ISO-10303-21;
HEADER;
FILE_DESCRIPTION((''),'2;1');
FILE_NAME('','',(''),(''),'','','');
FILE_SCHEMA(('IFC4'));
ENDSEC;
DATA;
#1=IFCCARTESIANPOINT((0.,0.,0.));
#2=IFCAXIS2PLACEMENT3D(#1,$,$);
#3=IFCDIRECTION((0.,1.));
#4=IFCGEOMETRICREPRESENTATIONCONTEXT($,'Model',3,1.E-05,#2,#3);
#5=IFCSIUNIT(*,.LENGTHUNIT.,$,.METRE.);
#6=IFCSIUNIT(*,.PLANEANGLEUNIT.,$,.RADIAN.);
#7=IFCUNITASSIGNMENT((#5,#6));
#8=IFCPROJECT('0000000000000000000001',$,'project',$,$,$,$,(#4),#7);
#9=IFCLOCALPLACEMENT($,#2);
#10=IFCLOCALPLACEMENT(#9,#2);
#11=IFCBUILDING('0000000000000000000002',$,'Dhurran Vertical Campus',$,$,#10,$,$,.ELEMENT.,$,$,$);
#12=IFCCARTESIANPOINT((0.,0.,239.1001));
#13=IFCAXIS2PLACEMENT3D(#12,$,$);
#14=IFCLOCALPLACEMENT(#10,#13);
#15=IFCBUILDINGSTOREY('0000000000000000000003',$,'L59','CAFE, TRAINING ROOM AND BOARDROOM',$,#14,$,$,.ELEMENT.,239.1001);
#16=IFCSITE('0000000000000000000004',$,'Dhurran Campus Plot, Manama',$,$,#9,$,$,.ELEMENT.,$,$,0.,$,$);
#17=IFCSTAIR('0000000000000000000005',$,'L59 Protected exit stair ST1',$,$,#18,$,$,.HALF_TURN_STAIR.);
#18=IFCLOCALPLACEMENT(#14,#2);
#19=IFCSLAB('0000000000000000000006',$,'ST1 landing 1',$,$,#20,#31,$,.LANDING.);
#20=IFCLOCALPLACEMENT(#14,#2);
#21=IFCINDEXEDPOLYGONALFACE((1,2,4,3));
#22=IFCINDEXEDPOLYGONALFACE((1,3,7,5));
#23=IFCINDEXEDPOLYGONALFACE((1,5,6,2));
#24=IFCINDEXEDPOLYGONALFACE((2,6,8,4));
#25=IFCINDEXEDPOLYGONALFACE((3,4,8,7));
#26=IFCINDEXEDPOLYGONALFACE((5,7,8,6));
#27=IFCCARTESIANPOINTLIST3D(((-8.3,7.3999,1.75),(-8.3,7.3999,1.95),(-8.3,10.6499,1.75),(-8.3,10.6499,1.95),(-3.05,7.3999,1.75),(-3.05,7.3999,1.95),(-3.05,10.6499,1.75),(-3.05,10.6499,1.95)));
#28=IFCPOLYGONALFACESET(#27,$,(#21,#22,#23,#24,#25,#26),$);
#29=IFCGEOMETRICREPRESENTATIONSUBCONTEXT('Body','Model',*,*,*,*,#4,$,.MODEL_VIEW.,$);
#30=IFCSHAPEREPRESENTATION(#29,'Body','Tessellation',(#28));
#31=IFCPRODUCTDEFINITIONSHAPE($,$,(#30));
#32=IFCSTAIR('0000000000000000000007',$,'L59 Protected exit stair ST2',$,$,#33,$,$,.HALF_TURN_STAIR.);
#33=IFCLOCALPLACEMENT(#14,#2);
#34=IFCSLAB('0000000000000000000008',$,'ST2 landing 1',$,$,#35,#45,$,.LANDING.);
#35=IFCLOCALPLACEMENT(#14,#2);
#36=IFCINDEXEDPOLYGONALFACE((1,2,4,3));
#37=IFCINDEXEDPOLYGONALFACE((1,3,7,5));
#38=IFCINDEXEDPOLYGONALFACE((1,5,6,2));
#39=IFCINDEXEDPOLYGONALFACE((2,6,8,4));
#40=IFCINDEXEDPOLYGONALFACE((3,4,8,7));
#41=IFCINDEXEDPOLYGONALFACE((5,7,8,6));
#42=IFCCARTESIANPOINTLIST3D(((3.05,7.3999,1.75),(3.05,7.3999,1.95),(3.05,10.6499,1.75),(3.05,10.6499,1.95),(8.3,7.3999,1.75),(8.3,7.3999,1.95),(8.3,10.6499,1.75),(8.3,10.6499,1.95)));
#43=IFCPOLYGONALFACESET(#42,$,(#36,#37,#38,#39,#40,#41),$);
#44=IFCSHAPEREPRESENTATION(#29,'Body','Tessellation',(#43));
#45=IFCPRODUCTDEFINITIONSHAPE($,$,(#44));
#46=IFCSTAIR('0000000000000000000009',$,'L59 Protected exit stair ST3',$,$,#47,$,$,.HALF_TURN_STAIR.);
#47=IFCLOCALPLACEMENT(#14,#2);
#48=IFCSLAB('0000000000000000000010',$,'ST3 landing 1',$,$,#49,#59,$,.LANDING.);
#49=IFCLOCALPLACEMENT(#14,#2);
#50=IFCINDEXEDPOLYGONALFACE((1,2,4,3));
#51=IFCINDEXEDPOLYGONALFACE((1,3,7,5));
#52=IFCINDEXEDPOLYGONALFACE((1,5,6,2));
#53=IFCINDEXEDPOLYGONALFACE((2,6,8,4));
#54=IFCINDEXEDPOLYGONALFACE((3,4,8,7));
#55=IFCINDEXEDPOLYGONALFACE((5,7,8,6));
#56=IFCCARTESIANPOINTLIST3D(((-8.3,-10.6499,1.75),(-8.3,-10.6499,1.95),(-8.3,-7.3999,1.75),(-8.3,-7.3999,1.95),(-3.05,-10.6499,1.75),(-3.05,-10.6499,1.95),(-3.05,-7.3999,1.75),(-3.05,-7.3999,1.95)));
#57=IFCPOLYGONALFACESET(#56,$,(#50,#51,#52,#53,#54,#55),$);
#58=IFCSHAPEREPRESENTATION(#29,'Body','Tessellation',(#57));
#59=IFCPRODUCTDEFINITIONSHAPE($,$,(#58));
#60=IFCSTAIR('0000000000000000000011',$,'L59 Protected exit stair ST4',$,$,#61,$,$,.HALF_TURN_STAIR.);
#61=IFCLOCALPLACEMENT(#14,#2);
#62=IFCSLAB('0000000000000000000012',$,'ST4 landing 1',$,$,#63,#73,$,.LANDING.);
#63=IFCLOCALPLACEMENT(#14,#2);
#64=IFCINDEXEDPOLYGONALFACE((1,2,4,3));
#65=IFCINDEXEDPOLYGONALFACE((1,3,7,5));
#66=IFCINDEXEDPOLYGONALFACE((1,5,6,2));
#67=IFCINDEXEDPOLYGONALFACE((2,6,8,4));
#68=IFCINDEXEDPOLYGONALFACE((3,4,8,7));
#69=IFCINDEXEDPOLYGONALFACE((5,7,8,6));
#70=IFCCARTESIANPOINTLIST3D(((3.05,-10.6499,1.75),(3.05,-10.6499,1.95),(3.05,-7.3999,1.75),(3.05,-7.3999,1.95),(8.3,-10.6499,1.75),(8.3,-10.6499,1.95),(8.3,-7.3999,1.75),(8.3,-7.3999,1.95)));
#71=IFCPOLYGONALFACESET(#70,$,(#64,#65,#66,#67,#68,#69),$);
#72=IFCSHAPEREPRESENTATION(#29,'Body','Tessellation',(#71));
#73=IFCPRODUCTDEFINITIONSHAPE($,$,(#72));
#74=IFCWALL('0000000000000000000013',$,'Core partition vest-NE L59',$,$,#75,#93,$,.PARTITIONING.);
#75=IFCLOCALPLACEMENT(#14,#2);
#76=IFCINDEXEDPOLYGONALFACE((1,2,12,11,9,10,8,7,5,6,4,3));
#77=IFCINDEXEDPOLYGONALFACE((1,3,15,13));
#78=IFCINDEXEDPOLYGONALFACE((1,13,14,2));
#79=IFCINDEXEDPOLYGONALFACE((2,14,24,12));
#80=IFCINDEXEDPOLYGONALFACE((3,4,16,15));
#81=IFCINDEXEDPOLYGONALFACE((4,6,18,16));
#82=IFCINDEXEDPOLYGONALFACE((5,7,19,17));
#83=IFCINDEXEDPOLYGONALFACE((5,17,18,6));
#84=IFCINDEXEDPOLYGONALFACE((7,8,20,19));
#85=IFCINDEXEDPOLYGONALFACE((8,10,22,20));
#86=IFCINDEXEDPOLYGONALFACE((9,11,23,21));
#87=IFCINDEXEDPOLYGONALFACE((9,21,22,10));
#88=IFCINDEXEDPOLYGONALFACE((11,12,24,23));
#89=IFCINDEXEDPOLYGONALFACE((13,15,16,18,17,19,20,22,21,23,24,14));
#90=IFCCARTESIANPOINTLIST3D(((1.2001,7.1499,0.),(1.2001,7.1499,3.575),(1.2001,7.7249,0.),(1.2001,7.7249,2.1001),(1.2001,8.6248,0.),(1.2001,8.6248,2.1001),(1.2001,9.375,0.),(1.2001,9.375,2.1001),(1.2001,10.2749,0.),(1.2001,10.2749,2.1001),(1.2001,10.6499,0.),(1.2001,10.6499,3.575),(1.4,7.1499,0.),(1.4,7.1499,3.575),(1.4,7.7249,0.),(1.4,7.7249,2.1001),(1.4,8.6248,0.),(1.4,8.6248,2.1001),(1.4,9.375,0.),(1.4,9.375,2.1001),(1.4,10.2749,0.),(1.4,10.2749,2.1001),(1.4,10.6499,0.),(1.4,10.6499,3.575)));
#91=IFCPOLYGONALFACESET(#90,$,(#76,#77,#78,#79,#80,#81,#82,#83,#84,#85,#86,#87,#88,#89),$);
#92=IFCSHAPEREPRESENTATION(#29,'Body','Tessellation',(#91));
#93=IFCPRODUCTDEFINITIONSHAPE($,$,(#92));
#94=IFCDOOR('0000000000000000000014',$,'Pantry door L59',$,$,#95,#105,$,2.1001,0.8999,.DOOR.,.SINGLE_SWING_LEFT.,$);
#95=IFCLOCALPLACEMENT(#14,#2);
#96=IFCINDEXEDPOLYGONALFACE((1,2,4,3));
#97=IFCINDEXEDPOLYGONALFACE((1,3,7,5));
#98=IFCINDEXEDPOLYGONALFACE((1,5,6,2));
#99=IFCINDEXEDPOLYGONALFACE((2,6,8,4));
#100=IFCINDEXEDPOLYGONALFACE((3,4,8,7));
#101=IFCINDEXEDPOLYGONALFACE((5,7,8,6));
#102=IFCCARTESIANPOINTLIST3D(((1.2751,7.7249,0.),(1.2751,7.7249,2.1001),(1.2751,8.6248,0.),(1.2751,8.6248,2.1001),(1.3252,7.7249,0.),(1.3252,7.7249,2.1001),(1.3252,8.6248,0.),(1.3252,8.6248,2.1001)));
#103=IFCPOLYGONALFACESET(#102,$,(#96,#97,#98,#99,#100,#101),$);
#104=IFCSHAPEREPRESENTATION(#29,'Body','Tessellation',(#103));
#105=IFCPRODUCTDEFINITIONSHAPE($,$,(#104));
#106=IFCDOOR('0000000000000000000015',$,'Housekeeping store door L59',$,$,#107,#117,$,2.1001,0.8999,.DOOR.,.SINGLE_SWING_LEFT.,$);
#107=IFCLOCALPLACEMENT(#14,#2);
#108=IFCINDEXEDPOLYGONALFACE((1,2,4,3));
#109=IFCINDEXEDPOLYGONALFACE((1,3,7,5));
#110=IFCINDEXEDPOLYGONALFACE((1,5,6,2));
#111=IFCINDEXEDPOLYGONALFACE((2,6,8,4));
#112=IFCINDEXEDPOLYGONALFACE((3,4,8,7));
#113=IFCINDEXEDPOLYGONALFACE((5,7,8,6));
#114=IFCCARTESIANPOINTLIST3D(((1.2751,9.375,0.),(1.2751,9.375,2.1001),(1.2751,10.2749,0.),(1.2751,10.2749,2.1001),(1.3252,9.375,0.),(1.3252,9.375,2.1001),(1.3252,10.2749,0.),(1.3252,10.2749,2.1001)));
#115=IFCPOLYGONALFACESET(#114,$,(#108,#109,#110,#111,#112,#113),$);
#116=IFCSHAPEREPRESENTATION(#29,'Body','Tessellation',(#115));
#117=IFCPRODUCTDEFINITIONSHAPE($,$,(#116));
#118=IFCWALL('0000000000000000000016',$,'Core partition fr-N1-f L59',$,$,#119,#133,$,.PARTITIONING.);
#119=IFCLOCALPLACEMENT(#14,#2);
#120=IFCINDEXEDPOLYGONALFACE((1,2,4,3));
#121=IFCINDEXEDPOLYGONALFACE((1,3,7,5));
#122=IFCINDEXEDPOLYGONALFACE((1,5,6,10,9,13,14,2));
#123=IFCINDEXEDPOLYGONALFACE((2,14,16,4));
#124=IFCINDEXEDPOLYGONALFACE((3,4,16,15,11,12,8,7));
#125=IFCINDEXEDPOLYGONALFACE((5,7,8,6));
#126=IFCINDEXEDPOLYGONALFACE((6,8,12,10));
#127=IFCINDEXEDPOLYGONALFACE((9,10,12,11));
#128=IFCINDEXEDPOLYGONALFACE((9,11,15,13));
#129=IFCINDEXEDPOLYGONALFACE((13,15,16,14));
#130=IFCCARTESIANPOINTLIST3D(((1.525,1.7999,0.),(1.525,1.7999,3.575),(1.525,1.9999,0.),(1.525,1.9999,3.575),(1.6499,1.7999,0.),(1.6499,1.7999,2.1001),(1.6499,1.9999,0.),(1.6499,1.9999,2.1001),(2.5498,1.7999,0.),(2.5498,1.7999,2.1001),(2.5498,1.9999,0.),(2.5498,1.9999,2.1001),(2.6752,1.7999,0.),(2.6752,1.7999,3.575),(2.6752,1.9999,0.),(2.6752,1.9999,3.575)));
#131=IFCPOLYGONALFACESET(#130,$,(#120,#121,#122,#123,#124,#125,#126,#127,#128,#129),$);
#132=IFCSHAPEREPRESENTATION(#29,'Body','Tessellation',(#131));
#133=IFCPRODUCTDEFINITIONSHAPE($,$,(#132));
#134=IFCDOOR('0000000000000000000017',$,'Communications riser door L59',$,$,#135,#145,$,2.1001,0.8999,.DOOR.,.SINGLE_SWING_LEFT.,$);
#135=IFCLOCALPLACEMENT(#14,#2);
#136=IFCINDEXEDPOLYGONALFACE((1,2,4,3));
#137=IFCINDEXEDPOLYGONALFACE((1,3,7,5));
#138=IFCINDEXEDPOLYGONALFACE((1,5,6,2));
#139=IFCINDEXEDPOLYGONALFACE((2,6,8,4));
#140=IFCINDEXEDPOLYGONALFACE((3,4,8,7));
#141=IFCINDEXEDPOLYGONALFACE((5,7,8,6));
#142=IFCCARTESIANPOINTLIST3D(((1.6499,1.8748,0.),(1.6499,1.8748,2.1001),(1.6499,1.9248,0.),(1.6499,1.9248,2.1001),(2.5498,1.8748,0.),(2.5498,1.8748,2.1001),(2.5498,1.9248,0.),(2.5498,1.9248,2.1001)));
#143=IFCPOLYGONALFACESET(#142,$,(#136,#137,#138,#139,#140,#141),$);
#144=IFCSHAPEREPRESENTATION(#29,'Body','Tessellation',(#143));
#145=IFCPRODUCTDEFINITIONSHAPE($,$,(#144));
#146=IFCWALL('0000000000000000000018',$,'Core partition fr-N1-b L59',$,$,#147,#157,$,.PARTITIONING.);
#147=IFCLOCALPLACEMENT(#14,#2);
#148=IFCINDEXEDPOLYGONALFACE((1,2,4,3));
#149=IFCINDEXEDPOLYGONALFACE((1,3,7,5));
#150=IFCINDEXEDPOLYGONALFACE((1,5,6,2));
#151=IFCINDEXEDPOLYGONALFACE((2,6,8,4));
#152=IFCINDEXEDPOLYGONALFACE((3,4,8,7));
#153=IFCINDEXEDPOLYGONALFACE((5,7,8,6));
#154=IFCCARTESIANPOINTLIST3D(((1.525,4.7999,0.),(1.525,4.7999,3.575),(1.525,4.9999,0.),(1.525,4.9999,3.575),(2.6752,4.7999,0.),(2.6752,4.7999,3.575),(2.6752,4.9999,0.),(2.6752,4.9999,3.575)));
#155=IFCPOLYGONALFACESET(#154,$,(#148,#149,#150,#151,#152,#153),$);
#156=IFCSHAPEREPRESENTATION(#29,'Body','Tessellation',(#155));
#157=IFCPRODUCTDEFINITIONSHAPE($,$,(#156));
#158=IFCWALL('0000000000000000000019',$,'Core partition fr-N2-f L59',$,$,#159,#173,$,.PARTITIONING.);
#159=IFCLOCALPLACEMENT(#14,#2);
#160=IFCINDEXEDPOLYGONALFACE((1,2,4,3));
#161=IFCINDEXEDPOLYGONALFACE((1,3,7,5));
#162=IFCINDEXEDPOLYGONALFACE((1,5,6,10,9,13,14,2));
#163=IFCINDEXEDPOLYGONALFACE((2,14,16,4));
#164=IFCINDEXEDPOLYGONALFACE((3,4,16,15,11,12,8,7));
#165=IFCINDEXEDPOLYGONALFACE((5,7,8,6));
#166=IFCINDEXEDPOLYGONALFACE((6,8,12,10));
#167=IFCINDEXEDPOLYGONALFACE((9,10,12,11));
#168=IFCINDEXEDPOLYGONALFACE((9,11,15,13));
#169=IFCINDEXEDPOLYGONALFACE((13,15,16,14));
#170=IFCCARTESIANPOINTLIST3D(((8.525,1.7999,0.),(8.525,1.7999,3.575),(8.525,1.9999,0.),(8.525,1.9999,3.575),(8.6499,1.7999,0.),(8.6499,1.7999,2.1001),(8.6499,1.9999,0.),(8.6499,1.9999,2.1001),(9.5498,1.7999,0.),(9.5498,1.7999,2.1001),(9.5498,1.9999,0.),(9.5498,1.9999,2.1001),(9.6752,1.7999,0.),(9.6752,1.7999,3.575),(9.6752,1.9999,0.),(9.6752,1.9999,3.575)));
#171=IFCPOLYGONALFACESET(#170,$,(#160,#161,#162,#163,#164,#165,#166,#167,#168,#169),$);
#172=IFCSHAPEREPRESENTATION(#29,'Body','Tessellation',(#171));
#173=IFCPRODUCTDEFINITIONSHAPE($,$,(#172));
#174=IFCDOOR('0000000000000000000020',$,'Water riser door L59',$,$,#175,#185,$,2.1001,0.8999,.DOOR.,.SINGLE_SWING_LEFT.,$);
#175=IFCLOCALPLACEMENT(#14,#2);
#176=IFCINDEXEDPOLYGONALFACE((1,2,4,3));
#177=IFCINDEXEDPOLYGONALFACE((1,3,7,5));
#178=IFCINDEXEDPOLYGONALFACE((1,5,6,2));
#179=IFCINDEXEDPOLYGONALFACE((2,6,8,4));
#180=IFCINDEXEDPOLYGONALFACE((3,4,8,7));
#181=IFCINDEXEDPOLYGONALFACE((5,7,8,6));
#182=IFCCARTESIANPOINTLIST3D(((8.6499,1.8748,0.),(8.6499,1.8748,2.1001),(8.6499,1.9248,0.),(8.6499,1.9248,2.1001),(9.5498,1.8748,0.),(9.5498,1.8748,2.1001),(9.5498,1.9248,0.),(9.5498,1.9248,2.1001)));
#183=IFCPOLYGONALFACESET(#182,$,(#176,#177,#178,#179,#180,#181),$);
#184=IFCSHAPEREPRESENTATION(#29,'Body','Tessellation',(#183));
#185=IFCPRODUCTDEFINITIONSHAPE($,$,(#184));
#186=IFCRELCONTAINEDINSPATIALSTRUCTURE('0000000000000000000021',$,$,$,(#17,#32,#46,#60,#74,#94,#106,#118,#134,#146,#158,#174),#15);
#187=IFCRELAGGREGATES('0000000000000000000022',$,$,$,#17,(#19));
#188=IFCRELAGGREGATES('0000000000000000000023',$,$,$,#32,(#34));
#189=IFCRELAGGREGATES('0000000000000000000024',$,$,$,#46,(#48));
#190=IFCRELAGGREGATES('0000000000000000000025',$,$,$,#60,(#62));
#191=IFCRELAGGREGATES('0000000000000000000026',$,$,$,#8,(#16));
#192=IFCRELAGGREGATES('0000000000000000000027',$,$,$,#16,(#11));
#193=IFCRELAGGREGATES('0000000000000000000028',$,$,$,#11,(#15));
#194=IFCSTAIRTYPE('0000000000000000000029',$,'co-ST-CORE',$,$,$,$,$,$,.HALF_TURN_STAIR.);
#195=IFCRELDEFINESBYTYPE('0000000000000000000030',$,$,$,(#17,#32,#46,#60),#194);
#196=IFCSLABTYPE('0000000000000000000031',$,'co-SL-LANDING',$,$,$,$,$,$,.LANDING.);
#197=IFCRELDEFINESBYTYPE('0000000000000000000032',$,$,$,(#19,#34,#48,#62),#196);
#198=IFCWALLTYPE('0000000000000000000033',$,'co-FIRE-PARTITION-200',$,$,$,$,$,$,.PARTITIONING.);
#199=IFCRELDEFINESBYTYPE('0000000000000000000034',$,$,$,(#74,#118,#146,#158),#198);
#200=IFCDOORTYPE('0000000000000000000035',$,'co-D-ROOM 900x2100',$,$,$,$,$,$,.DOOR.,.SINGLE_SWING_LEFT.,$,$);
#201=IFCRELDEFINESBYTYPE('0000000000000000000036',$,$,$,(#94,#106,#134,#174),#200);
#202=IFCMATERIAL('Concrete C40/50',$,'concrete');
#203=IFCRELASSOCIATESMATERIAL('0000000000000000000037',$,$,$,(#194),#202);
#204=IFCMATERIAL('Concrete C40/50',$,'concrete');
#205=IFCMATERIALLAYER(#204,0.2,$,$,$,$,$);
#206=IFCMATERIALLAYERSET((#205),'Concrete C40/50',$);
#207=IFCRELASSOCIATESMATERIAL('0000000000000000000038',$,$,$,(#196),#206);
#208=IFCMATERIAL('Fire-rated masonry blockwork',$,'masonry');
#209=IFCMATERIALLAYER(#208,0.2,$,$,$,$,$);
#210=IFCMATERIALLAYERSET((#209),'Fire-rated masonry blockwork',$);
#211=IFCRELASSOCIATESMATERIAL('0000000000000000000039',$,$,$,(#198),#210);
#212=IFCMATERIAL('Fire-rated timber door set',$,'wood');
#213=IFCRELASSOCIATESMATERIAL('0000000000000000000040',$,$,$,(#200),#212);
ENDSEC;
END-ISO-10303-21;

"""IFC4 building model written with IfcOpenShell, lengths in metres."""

from ifc_helpers import new_model, si_unit, direction, frame, frame_2d, origin, place, context, subcontext, project, spatial, polyline, rectangle, outline, extrude, material, layer, layer_set, type_object, element, fill, aggregate, save


model = new_model("IFC4")

# Units and contexts
model_context = context("Model", 3, precision=1e-05, world=origin(), true_north=direction((0.0, 1.0)))
body_context = subcontext(model_context, "Body", "Model", "MODEL_VIEW")
ifc_project = project(units=[si_unit("LENGTHUNIT", "METRE"), si_unit("PLANEANGLEUNIT", "RADIAN")], contexts=[model_context])

# Site, building, storey
site_placement = place(None, origin())
site = spatial("IfcSite", under=ifc_project, at=site_placement, Name="Dhurran Campus Plot, Manama", CompositionType="ELEMENT", RefElevation=0.0)
building_placement = place(site_placement, origin())
building = spatial("IfcBuilding", under=site, at=building_placement, Name="Dhurran Vertical Campus", CompositionType="ELEMENT")
storey_placement = place(building_placement, frame((0.0, 0.0, 239.1001)))
storey = spatial("IfcBuildingStorey", under=building, at=storey_placement, Name="L59", Description="CAFE, TRAINING ROOM AND BOARDROOM", CompositionType="ELEMENT", Elevation=239.1001)

# Stairs, slabs
ifc_material_1 = material(Name="Concrete C40/50", Category="concrete")
stair_type = type_object("IfcStairType", Name="co-ST-CORE", PredefinedType="HALF_TURN_STAIR", material=ifc_material_1)
stair_1_placement = place(storey_placement, origin())
stair_1 = element("IfcStair", 1, at=stair_1_placement, inside=storey, type_object=stair_type, Name="L59 Protected exit stair ST1", PredefinedType="HALF_TURN_STAIR")
ifc_material_2 = material(Name="Concrete C40/50", Category="concrete")
ifc_layer_1 = layer(ifc_material_2, 0.2)
ifc_layer_set_1 = layer_set([ifc_layer_1], Name="Concrete C40/50")
slab_type = type_object("IfcSlabType", Name="co-SL-LANDING", PredefinedType="LANDING", material=ifc_layer_set_1)
slab_1_placement = place(storey_placement, frame((0.0, 0.0, 1.75)))
slab_1 = element("IfcSlab", 2, at=slab_1_placement, type_object=slab_type, Name="ST1 landing 1", PredefinedType="LANDING", context=body_context, shape_type="SweptSolid", body=[
    extrude(outline(polyline([(-8.3, 7.3999), (-3.05, 7.3999), (-3.05, 10.6499), (-8.3, 10.6499), (-8.3, 7.3999)])), origin(), (0.0, 0.0, 1.0), 0.2),
])
aggregate(stair_1, [slab_1])
stair_2_placement = place(storey_placement, origin())
stair_2 = element("IfcStair", 3, at=stair_2_placement, inside=storey, type_object=stair_type, Name="L59 Protected exit stair ST2", PredefinedType="HALF_TURN_STAIR")
slab_2_placement = place(storey_placement, frame((0.0, 0.0, 1.75)))
slab_2 = element("IfcSlab", 4, at=slab_2_placement, type_object=slab_type, Name="ST2 landing 1", PredefinedType="LANDING", context=body_context, shape_type="SweptSolid", body=[
    extrude(outline(polyline([(8.3, 10.6499), (3.05, 10.6499), (3.05, 7.3999), (8.3, 7.3999), (8.3, 10.6499)])), origin(), (0.0, 0.0, 1.0), 0.2),
])
aggregate(stair_2, [slab_2])
stair_3_placement = place(storey_placement, origin())
stair_3 = element("IfcStair", 5, at=stair_3_placement, inside=storey, type_object=stair_type, Name="L59 Protected exit stair ST3", PredefinedType="HALF_TURN_STAIR")
slab_3_placement = place(storey_placement, frame((0.0, 0.0, 1.75)))
slab_3 = element("IfcSlab", 6, at=slab_3_placement, type_object=slab_type, Name="ST3 landing 1", PredefinedType="LANDING", context=body_context, shape_type="SweptSolid", body=[
    extrude(outline(polyline([(-8.3, -10.6499), (-3.05, -10.6499), (-3.05, -7.3999), (-8.3, -7.3999), (-8.3, -10.6499)])), origin(), (0.0, 0.0, 1.0), 0.2),
])
aggregate(stair_3, [slab_3])
stair_4_placement = place(storey_placement, origin())
stair_4 = element("IfcStair", 7, at=stair_4_placement, inside=storey, type_object=stair_type, Name="L59 Protected exit stair ST4", PredefinedType="HALF_TURN_STAIR")
slab_4_placement = place(storey_placement, frame((0.0, 0.0, 1.75)))
slab_4 = element("IfcSlab", 8, at=slab_4_placement, type_object=slab_type, Name="ST4 landing 1", PredefinedType="LANDING", context=body_context, shape_type="SweptSolid", body=[
    extrude(outline(polyline([(8.3, -7.3999), (3.05, -7.3999), (3.05, -10.6499), (8.3, -10.6499), (8.3, -7.3999)])), origin(), (0.0, 0.0, 1.0), 0.2),
])
aggregate(stair_4, [slab_4])

# Wall, openings, doors
ifc_material_3 = material(Name="Fire-rated masonry blockwork", Category="masonry")
ifc_layer_2 = layer(ifc_material_3, 0.2)
ifc_layer_set_2 = layer_set([ifc_layer_2], Name="Fire-rated masonry blockwork")
wall_type_1 = type_object("IfcWallType", Name="co-FIRE-PARTITION-200", PredefinedType="PARTITIONING", material=ifc_layer_set_2)
wall_1_placement = place(storey_placement, frame((1.3, 7.1499, 0.0), z_axis=(0.0, 0.0, 1.0), x_axis=(0.0, 1.0, 0.0)))
wall_1 = element("IfcWall", 9, at=wall_1_placement, inside=storey, type_object=wall_type_1, Name="Core partition vest-NE L59", PredefinedType="PARTITIONING", context=body_context, shape_type="SweptSolid", body=[
    extrude(rectangle(XDim=3.5, YDim=0.2, at=frame_2d((1.75, 0.0))), origin(), (0.0, 0.0, 1.0), 3.575),
])
opening_1_placement = place(wall_1_placement, frame((0.575, 0.0, 0.0)))
opening_1 = element("IfcOpeningElement", 10, at=opening_1_placement, cuts=wall_1, PredefinedType="OPENING", context=body_context, shape_type="SweptSolid", body=[
    extrude(rectangle(XDim=0.8999, YDim=2.1001, at=frame_2d((0.45, 1.05))), frame((0.0, 0.1099, 0.0), z_axis=(0.0, -1.0, 0.0), x_axis=(1.0, 0.0, 0.0)), (0.0, 0.0, 1.0), 0.22),
])
opening_2_placement = place(wall_1_placement, frame((2.2251, 0.0, 0.0)))
opening_2 = element("IfcOpeningElement", 11, at=opening_2_placement, cuts=wall_1, PredefinedType="OPENING", context=body_context, shape_type="SweptSolid", body=[
    extrude(rectangle(XDim=0.8999, YDim=2.1001, at=frame_2d((0.45, 1.05))), frame((0.0, 0.1099, 0.0), z_axis=(0.0, -1.0, 0.0), x_axis=(1.0, 0.0, 0.0)), (0.0, 0.0, 1.0), 0.22),
])
ifc_material_4 = material(Name="Fire-rated timber door set", Category="wood")
door_type_1 = type_object("IfcDoorType", Name="co-D-ROOM 900x2100", OperationType="SINGLE_SWING_LEFT", PredefinedType="DOOR", material=ifc_material_4)
door_1_placement = place(opening_1_placement, origin())
door_1 = element("IfcDoor", 12, at=door_1_placement, inside=storey, type_object=door_type_1, Name="Pantry door L59", OperationType="SINGLE_SWING_LEFT", OverallHeight=2.1001, OverallWidth=0.8999, PredefinedType="DOOR", context=body_context, shape_type="SweptSolid", body=[
    extrude(rectangle(XDim=0.8999, YDim=2.1001, at=frame_2d((0.45, 1.05))), frame((0.0, 0.0249, 0.0), z_axis=(0.0, -1.0, 0.0), x_axis=(1.0, 0.0, 0.0)), (0.0, 0.0, 1.0), 0.05),
])
fill(opening_1, door_1)
door_2_placement = place(opening_2_placement, origin())
door_2 = element("IfcDoor", 13, at=door_2_placement, inside=storey, type_object=door_type_1, Name="Housekeeping store door L59", OperationType="SINGLE_SWING_LEFT", OverallHeight=2.1001, OverallWidth=0.8999, PredefinedType="DOOR", context=body_context, shape_type="SweptSolid", body=[
    extrude(rectangle(XDim=0.8999, YDim=2.1001, at=frame_2d((0.45, 1.05))), frame((0.0, 0.0249, 0.0), z_axis=(0.0, -1.0, 0.0), x_axis=(1.0, 0.0, 0.0)), (0.0, 0.0, 1.0), 0.05),
])
fill(opening_2, door_2)

# Wall, opening, door
wall_2_placement = place(storey_placement, frame((1.5249, 1.8999, 0.0), z_axis=(0.0, 0.0, 1.0), x_axis=(1.0, 0.0, 0.0)))
wall_2 = element("IfcWall", 14, at=wall_2_placement, inside=storey, type_object=wall_type_1, Name="Core partition fr-N1-f L59", PredefinedType="PARTITIONING", context=body_context, shape_type="SweptSolid", body=[
    extrude(rectangle(XDim=1.1501, YDim=0.2, at=frame_2d((0.5752, 0.0))), origin(), (0.0, 0.0, 1.0), 3.575),
])
opening_3_placement = place(wall_2_placement, frame((0.125, 0.0, 0.0)))
opening_3 = element("IfcOpeningElement", 15, at=opening_3_placement, cuts=wall_2, PredefinedType="OPENING", context=body_context, shape_type="SweptSolid", body=[
    extrude(rectangle(XDim=0.8999, YDim=2.1001, at=frame_2d((0.45, 1.05))), frame((0.0, 0.1099, 0.0), z_axis=(0.0, -1.0, 0.0), x_axis=(1.0, 0.0, 0.0)), (0.0, 0.0, 1.0), 0.22),
])
door_3_placement = place(opening_3_placement, origin())
door_3 = element("IfcDoor", 16, at=door_3_placement, inside=storey, type_object=door_type_1, Name="Communications riser door L59", OperationType="SINGLE_SWING_LEFT", OverallHeight=2.1001, OverallWidth=0.8999, PredefinedType="DOOR", context=body_context, shape_type="SweptSolid", body=[
    extrude(rectangle(XDim=0.8999, YDim=2.1001, at=frame_2d((0.45, 1.05))), frame((0.0, 0.0249, 0.0), z_axis=(0.0, -1.0, 0.0), x_axis=(1.0, 0.0, 0.0)), (0.0, 0.0, 1.0), 0.05),
])
fill(opening_3, door_3)

# Wall
wall_3_placement = place(storey_placement, frame((1.5249, 4.8999, 0.0), z_axis=(0.0, 0.0, 1.0), x_axis=(1.0, 0.0, 0.0)))
element("IfcWall", 17, at=wall_3_placement, inside=storey, type_object=wall_type_1, Name="Core partition fr-N1-b L59", PredefinedType="PARTITIONING", context=body_context, shape_type="SweptSolid", body=[
    extrude(rectangle(XDim=1.1501, YDim=0.2, at=frame_2d((0.5752, 0.0))), origin(), (0.0, 0.0, 1.0), 3.575),
])

# Wall, opening, door
wall_4_placement = place(storey_placement, frame((8.5249, 1.8999, 0.0), z_axis=(0.0, 0.0, 1.0), x_axis=(1.0, 0.0, 0.0)))
wall_4 = element("IfcWall", 18, at=wall_4_placement, inside=storey, type_object=wall_type_1, Name="Core partition fr-N2-f L59", PredefinedType="PARTITIONING", context=body_context, shape_type="SweptSolid", body=[
    extrude(rectangle(XDim=1.1501, YDim=0.2, at=frame_2d((0.5752, 0.0))), origin(), (0.0, 0.0, 1.0), 3.575),
])
opening_4_placement = place(wall_4_placement, frame((0.125, 0.0, 0.0)))
opening_4 = element("IfcOpeningElement", 19, at=opening_4_placement, cuts=wall_4, PredefinedType="OPENING", context=body_context, shape_type="SweptSolid", body=[
    extrude(rectangle(XDim=0.8999, YDim=2.1001, at=frame_2d((0.45, 1.05))), frame((0.0, 0.1099, 0.0), z_axis=(0.0, -1.0, 0.0), x_axis=(1.0, 0.0, 0.0)), (0.0, 0.0, 1.0), 0.22),
])
door_4_placement = place(opening_4_placement, origin())
door_4 = element("IfcDoor", 20, at=door_4_placement, inside=storey, type_object=door_type_1, Name="Water riser door L59", OperationType="SINGLE_SWING_LEFT", OverallHeight=2.1001, OverallWidth=0.8999, PredefinedType="DOOR", context=body_context, shape_type="SweptSolid", body=[
    extrude(rectangle(XDim=0.8999, YDim=2.1001, at=frame_2d((0.45, 1.05))), frame((0.0, 0.0249, 0.0), z_axis=(0.0, -1.0, 0.0), x_axis=(1.0, 0.0, 0.0)), (0.0, 0.0, 1.0), 0.05),
])
fill(opening_4, door_4)

save(model, "model.ifc")
